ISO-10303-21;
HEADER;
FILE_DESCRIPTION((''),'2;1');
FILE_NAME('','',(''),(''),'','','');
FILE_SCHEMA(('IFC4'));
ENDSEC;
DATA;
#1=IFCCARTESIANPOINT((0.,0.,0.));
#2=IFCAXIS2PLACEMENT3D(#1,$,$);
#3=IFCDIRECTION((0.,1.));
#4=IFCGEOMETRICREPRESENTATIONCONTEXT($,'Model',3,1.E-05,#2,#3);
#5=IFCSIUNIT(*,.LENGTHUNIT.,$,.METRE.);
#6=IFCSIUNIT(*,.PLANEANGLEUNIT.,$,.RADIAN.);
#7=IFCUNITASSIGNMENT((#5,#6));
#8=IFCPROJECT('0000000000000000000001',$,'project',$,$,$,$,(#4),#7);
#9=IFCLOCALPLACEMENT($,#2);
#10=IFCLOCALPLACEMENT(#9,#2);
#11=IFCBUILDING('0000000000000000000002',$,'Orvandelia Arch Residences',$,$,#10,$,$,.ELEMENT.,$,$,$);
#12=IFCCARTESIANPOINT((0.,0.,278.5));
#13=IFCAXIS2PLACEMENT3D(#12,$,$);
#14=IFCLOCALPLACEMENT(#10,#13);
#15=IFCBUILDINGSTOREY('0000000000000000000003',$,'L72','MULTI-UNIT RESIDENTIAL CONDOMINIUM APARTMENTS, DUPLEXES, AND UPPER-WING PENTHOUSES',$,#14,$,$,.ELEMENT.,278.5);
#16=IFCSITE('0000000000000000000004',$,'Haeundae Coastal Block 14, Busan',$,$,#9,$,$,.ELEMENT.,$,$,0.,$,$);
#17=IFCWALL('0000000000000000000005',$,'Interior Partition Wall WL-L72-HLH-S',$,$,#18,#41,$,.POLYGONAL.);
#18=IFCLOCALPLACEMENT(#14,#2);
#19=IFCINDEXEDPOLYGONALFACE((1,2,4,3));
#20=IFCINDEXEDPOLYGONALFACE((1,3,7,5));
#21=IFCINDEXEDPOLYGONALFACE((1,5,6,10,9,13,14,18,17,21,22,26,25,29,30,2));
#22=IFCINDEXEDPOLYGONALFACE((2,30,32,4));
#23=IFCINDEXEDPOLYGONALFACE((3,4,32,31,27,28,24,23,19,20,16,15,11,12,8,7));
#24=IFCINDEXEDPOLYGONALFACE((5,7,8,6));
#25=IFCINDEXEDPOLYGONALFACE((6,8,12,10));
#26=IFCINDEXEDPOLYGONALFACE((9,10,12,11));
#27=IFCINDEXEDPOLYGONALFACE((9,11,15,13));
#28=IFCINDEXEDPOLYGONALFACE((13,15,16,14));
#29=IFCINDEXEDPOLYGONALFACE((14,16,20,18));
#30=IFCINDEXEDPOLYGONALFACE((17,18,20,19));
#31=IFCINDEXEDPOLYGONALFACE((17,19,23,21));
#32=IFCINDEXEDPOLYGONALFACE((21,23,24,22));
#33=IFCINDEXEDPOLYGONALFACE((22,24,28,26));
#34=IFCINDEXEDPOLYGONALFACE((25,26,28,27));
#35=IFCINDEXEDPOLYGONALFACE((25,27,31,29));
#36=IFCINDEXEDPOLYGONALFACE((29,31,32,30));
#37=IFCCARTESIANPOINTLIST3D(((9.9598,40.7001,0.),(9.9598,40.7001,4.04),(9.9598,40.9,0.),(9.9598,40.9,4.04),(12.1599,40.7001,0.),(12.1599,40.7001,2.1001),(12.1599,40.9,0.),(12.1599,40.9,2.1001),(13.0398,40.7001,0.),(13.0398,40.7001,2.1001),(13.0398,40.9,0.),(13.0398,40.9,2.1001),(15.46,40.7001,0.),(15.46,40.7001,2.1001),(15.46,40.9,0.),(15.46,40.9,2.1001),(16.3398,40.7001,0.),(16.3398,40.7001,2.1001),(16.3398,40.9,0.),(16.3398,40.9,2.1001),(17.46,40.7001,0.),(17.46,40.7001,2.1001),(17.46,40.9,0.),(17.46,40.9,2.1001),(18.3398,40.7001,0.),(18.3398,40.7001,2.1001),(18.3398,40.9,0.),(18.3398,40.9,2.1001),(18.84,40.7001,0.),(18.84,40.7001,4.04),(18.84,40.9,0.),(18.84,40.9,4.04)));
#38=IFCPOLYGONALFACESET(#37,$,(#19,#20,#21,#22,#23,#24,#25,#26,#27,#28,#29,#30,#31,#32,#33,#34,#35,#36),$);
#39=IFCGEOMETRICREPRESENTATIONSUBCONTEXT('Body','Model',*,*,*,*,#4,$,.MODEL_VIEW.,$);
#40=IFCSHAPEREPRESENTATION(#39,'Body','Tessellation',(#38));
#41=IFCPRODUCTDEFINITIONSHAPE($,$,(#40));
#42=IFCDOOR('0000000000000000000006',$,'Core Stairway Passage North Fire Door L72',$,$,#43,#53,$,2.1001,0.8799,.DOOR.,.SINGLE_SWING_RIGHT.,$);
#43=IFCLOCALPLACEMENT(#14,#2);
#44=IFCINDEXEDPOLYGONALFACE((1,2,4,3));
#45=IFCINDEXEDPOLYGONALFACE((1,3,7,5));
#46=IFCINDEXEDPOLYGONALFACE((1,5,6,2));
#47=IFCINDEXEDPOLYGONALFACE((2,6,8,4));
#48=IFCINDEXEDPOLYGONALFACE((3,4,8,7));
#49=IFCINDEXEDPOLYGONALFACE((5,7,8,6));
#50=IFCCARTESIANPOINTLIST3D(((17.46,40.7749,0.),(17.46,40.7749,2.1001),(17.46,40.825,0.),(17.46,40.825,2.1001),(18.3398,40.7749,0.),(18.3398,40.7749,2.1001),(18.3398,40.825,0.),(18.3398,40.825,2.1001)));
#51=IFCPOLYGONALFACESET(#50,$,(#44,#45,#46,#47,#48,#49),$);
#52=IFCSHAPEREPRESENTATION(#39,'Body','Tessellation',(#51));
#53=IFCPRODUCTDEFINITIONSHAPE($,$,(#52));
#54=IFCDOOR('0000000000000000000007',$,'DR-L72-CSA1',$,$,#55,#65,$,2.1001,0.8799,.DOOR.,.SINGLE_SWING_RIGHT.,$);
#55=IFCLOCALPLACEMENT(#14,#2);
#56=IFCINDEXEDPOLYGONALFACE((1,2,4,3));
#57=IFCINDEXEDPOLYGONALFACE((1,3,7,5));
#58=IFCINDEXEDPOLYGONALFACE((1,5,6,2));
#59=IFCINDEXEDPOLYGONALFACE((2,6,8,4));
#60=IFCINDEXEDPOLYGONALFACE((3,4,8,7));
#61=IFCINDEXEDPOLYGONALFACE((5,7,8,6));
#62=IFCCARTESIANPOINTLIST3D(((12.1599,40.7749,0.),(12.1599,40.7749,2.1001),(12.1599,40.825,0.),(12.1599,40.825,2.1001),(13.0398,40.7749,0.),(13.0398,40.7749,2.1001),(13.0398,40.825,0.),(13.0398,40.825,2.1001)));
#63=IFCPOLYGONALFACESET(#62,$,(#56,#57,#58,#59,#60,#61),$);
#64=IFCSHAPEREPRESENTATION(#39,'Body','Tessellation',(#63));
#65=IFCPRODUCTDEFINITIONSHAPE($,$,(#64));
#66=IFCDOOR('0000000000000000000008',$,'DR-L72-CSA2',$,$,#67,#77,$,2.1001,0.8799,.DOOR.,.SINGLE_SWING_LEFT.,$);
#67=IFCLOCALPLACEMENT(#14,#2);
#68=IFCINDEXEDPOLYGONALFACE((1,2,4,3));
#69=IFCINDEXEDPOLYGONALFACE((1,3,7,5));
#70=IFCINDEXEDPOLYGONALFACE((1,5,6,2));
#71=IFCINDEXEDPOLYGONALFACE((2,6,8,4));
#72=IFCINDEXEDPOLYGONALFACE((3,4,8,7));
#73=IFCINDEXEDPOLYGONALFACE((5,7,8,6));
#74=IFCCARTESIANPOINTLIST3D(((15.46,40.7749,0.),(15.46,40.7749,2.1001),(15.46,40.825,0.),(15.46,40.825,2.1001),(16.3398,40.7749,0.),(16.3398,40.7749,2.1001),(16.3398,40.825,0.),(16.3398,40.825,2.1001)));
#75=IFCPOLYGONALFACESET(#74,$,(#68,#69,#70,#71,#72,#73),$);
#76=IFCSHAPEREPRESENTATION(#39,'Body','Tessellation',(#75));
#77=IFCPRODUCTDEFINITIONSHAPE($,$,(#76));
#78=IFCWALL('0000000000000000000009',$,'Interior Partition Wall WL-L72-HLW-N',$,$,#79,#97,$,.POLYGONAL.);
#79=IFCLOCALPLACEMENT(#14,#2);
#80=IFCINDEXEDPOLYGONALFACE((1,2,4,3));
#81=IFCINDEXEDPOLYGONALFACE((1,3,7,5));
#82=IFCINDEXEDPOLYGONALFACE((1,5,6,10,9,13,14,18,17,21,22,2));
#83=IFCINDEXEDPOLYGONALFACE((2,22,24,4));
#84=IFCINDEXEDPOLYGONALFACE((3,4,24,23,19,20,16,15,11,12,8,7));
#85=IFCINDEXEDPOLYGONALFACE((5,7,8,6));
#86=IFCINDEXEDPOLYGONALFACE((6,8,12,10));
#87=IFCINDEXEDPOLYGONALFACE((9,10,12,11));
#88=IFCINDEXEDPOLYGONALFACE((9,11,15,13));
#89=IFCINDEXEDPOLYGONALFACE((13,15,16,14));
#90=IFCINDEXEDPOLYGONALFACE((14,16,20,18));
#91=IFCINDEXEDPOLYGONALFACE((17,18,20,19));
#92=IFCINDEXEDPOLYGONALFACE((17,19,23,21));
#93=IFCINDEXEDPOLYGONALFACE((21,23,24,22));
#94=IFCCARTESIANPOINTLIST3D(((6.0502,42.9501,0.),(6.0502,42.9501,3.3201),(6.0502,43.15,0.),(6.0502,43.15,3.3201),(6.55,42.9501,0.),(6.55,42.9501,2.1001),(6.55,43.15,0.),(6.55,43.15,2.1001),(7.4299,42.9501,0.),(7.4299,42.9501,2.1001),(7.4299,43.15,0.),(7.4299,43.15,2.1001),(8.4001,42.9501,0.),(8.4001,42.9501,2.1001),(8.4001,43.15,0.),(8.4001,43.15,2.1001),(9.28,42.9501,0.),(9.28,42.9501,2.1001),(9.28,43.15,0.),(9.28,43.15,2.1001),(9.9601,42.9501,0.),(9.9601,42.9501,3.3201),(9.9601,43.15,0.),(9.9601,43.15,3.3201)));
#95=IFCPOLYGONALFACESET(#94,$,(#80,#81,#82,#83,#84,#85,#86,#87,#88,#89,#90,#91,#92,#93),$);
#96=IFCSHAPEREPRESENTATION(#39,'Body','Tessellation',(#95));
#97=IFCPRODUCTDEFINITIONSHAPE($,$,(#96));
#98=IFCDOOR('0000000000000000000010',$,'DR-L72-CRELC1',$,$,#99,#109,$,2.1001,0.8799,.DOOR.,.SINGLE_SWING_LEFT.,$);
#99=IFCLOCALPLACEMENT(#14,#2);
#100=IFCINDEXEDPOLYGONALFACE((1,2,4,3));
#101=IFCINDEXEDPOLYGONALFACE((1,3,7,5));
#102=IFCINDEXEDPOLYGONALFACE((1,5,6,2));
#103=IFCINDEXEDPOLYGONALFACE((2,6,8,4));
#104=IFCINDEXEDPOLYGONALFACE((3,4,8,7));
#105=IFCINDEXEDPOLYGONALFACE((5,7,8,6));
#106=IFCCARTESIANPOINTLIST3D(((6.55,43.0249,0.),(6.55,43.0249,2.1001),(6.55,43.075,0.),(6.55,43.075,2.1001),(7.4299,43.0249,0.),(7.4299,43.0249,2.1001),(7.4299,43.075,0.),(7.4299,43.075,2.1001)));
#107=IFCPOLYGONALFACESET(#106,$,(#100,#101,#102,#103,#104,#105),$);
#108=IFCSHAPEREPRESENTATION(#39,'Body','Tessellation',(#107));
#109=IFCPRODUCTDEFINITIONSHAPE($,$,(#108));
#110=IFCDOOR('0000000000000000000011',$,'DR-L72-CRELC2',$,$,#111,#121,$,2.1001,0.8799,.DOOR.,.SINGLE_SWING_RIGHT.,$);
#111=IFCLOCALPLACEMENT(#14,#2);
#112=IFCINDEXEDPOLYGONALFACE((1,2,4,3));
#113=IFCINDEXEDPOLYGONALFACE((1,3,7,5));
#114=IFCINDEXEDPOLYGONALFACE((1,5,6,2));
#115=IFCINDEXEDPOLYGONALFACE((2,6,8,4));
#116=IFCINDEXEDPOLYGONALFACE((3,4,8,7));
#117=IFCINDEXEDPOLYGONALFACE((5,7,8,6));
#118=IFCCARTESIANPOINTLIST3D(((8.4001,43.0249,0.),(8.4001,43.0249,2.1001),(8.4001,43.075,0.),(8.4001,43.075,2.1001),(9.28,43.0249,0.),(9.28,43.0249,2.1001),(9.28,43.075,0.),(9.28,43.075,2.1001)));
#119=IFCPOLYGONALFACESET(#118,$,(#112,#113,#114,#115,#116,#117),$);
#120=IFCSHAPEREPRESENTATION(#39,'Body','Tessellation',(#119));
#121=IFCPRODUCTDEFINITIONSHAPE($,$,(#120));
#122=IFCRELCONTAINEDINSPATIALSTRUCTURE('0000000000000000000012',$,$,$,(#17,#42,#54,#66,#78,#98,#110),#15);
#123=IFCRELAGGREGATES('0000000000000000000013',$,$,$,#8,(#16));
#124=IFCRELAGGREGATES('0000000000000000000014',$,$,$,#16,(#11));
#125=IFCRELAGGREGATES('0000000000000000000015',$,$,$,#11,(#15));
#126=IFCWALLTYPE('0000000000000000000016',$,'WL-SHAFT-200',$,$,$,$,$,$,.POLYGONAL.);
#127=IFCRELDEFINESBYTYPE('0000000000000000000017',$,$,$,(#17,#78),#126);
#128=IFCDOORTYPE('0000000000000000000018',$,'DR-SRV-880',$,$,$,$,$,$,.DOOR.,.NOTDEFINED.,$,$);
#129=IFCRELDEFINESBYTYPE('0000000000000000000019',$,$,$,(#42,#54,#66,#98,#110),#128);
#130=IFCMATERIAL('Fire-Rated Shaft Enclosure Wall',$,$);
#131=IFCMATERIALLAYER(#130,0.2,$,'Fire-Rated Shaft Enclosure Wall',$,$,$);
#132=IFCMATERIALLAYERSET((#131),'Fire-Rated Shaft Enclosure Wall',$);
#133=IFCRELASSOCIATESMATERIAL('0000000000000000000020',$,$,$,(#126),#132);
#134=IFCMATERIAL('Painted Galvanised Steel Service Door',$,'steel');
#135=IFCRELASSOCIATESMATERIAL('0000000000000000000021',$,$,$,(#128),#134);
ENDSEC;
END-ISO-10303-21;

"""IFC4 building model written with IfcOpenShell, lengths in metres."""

from ifc_helpers import new_model, si_unit, direction, frame, frame_2d, origin, place, context, subcontext, project, spatial, rectangle, extrude, material, layer, layer_set, type_object, element, fill, save


model = new_model("IFC4")

# Units and contexts
model_context = context("Model", 3, precision=1e-05, world=origin(), true_north=direction((0.0, 1.0)))
body_context = subcontext(model_context, "Body", "Model", "MODEL_VIEW")
ifc_project = project(units=[si_unit("LENGTHUNIT", "METRE"), si_unit("PLANEANGLEUNIT", "RADIAN")], contexts=[model_context])

# Site, building, storey
site_placement = place(None, origin())
site = spatial("IfcSite", under=ifc_project, at=site_placement, Name="Haeundae Coastal Block 14, Busan", CompositionType="ELEMENT", RefElevation=0.0)
building_placement = place(site_placement, origin())
building = spatial("IfcBuilding", under=site, at=building_placement, Name="Orvandelia Arch Residences", CompositionType="ELEMENT")
storey_placement = place(building_placement, frame((0.0, 0.0, 278.5)))
storey = spatial("IfcBuildingStorey", under=building, at=storey_placement, Name="L72", Description="MULTI-UNIT RESIDENTIAL CONDOMINIUM APARTMENTS, DUPLEXES, AND UPPER-WING PENTHOUSES", CompositionType="ELEMENT", Elevation=278.5)

# Shared definitions
ifc_material_1 = material(Name="Fire-Rated Shaft Enclosure Wall")
ifc_layer_1 = layer(ifc_material_1, 0.2, Name="Fire-Rated Shaft Enclosure Wall")
ifc_layer_set_1 = layer_set([ifc_layer_1], Name="Fire-Rated Shaft Enclosure Wall")
wall_type_1 = type_object("IfcWallType", Name="WL-SHAFT-200", PredefinedType="POLYGONAL", material=ifc_layer_set_1)

# Walls, openings, doors
wall_1_placement = place(storey_placement, frame((9.96, 40.8, 0.0), z_axis=(0.0, 0.0, 1.0), x_axis=(1.0, 0.0, 0.0)))
wall_1 = element("IfcWall", 1, at=wall_1_placement, inside=storey, type_object=wall_type_1, Name="Interior Partition Wall WL-L72-HLH-S", PredefinedType="POLYGONAL", context=body_context, shape_type="SweptSolid", body=[
    extrude(rectangle(XDim=8.8801, YDim=0.2, at=frame_2d((4.4399, 0.0))), origin(), (0.0, 0.0, 1.0), 4.04),
])
opening_1_placement = place(wall_1_placement, frame((7.5, 0.0, 0.0)))
opening_1 = element("IfcOpeningElement", 2, at=opening_1_placement, cuts=wall_1, PredefinedType="OPENING", context=body_context, shape_type="SweptSolid", body=[
    extrude(rectangle(XDim=0.8799, YDim=2.1001, at=frame_2d((0.4399, 1.05))), frame((0.0, 0.1099, 0.0), z_axis=(0.0, -1.0, 0.0), x_axis=(1.0, 0.0, 0.0)), (0.0, 0.0, 1.0), 0.22),
])
opening_2_placement = place(wall_1_placement, frame((2.2, 0.0, 0.0)))
opening_2 = element("IfcOpeningElement", 3, at=opening_2_placement, cuts=wall_1, PredefinedType="OPENING", context=body_context, shape_type="SweptSolid", body=[
    extrude(rectangle(XDim=0.8799, YDim=2.1001, at=frame_2d((0.4399, 1.05))), frame((0.0, 0.1099, 0.0), z_axis=(0.0, -1.0, 0.0), x_axis=(1.0, 0.0, 0.0)), (0.0, 0.0, 1.0), 0.22),
])
opening_3_placement = place(wall_1_placement, frame((5.5, 0.0, 0.0)))
opening_3 = element("IfcOpeningElement", 4, at=opening_3_placement, cuts=wall_1, PredefinedType="OPENING", context=body_context, shape_type="SweptSolid", body=[
    extrude(rectangle(XDim=0.8799, YDim=2.1001, at=frame_2d((0.4399, 1.05))), frame((0.0, 0.1099, 0.0), z_axis=(0.0, -1.0, 0.0), x_axis=(1.0, 0.0, 0.0)), (0.0, 0.0, 1.0), 0.22),
])
ifc_material_2 = material(Name="Painted Galvanised Steel Service Door", Category="steel")
door_type_1 = type_object("IfcDoorType", Name="DR-SRV-880", OperationType="NOTDEFINED", PredefinedType="DOOR", material=ifc_material_2)
door_1_placement = place(opening_1_placement, origin())
door_1 = element("IfcDoor", 5, at=door_1_placement, inside=storey, type_object=door_type_1, Name="Core Stairway Passage North Fire Door L72", OperationType="SINGLE_SWING_RIGHT", OverallHeight=2.1001, OverallWidth=0.8799, PredefinedType="DOOR", context=body_context, shape_type="SweptSolid", body=[
    extrude(rectangle(XDim=0.8799, YDim=2.1001, at=frame_2d((0.4399, 1.05))), frame((0.0, 0.0249, 0.0), z_axis=(0.0, -1.0, 0.0), x_axis=(1.0, 0.0, 0.0)), (0.0, 0.0, 1.0), 0.05),
])
fill(opening_1, door_1)
door_2_placement = place(opening_2_placement, origin())
door_2 = element("IfcDoor", 6, at=door_2_placement, inside=storey, type_object=door_type_1, Name="DR-L72-CSA1", OperationType="SINGLE_SWING_RIGHT", OverallHeight=2.1001, OverallWidth=0.8799, PredefinedType="DOOR", context=body_context, shape_type="SweptSolid", body=[
    extrude(rectangle(XDim=0.8799, YDim=2.1001, at=frame_2d((0.4399, 1.05))), frame((0.0, 0.0249, 0.0), z_axis=(0.0, -1.0, 0.0), x_axis=(1.0, 0.0, 0.0)), (0.0, 0.0, 1.0), 0.05),
])
fill(opening_2, door_2)
door_3_placement = place(opening_3_placement, origin())
door_3 = element("IfcDoor", 7, at=door_3_placement, inside=storey, type_object=door_type_1, Name="DR-L72-CSA2", OperationType="SINGLE_SWING_LEFT", OverallHeight=2.1001, OverallWidth=0.8799, PredefinedType="DOOR", context=body_context, shape_type="SweptSolid", body=[
    extrude(rectangle(XDim=0.8799, YDim=2.1001, at=frame_2d((0.4399, 1.05))), frame((0.0, 0.0249, 0.0), z_axis=(0.0, -1.0, 0.0), x_axis=(1.0, 0.0, 0.0)), (0.0, 0.0, 1.0), 0.05),
])
fill(opening_3, door_3)
wall_2_placement = place(storey_placement, frame((6.05, 43.05, 0.0), z_axis=(0.0, 0.0, 1.0), x_axis=(1.0, 0.0, 0.0)))
wall_2 = element("IfcWall", 8, at=wall_2_placement, inside=storey, type_object=wall_type_1, Name="Interior Partition Wall WL-L72-HLW-N", PredefinedType="POLYGONAL", context=body_context, shape_type="SweptSolid", body=[
    extrude(rectangle(XDim=3.9099, YDim=0.2, at=frame_2d((1.9551, 0.0))), origin(), (0.0, 0.0, 1.0), 3.3201),
])
opening_4_placement = place(wall_2_placement, frame((0.5, 0.0, 0.0)))
opening_4 = element("IfcOpeningElement", 9, at=opening_4_placement, cuts=wall_2, PredefinedType="OPENING", context=body_context, shape_type="SweptSolid", body=[
    extrude(rectangle(XDim=0.8799, YDim=2.1001, at=frame_2d((0.4399, 1.05))), frame((0.0, 0.1099, 0.0), z_axis=(0.0, -1.0, 0.0), x_axis=(1.0, 0.0, 0.0)), (0.0, 0.0, 1.0), 0.22),
])
opening_5_placement = place(wall_2_placement, frame((2.3501, 0.0, 0.0)))
opening_5 = element("IfcOpeningElement", 10, at=opening_5_placement, cuts=wall_2, PredefinedType="OPENING", context=body_context, shape_type="SweptSolid", body=[
    extrude(rectangle(XDim=0.8799, YDim=2.1001, at=frame_2d((0.4399, 1.05))), frame((0.0, 0.1099, 0.0), z_axis=(0.0, -1.0, 0.0), x_axis=(1.0, 0.0, 0.0)), (0.0, 0.0, 1.0), 0.22),
])
door_4_placement = place(opening_4_placement, origin())
door_4 = element("IfcDoor", 11, at=door_4_placement, inside=storey, type_object=door_type_1, Name="DR-L72-CRELC1", OperationType="SINGLE_SWING_LEFT", OverallHeight=2.1001, OverallWidth=0.8799, PredefinedType="DOOR", context=body_context, shape_type="SweptSolid", body=[
    extrude(rectangle(XDim=0.8799, YDim=2.1001, at=frame_2d((0.4399, 1.05))), frame((0.0, 0.0249, 0.0), z_axis=(0.0, -1.0, 0.0), x_axis=(1.0, 0.0, 0.0)), (0.0, 0.0, 1.0), 0.05),
])
fill(opening_4, door_4)
door_5_placement = place(opening_5_placement, origin())
door_5 = element("IfcDoor", 12, at=door_5_placement, inside=storey, type_object=door_type_1, Name="DR-L72-CRELC2", OperationType="SINGLE_SWING_RIGHT", OverallHeight=2.1001, OverallWidth=0.8799, PredefinedType="DOOR", context=body_context, shape_type="SweptSolid", body=[
    extrude(rectangle(XDim=0.8799, YDim=2.1001, at=frame_2d((0.4399, 1.05))), frame((0.0, 0.0249, 0.0), z_axis=(0.0, -1.0, 0.0), x_axis=(1.0, 0.0, 0.0)), (0.0, 0.0, 1.0), 0.05),
])
fill(opening_5, door_5)

save(model, "model.ifc")
